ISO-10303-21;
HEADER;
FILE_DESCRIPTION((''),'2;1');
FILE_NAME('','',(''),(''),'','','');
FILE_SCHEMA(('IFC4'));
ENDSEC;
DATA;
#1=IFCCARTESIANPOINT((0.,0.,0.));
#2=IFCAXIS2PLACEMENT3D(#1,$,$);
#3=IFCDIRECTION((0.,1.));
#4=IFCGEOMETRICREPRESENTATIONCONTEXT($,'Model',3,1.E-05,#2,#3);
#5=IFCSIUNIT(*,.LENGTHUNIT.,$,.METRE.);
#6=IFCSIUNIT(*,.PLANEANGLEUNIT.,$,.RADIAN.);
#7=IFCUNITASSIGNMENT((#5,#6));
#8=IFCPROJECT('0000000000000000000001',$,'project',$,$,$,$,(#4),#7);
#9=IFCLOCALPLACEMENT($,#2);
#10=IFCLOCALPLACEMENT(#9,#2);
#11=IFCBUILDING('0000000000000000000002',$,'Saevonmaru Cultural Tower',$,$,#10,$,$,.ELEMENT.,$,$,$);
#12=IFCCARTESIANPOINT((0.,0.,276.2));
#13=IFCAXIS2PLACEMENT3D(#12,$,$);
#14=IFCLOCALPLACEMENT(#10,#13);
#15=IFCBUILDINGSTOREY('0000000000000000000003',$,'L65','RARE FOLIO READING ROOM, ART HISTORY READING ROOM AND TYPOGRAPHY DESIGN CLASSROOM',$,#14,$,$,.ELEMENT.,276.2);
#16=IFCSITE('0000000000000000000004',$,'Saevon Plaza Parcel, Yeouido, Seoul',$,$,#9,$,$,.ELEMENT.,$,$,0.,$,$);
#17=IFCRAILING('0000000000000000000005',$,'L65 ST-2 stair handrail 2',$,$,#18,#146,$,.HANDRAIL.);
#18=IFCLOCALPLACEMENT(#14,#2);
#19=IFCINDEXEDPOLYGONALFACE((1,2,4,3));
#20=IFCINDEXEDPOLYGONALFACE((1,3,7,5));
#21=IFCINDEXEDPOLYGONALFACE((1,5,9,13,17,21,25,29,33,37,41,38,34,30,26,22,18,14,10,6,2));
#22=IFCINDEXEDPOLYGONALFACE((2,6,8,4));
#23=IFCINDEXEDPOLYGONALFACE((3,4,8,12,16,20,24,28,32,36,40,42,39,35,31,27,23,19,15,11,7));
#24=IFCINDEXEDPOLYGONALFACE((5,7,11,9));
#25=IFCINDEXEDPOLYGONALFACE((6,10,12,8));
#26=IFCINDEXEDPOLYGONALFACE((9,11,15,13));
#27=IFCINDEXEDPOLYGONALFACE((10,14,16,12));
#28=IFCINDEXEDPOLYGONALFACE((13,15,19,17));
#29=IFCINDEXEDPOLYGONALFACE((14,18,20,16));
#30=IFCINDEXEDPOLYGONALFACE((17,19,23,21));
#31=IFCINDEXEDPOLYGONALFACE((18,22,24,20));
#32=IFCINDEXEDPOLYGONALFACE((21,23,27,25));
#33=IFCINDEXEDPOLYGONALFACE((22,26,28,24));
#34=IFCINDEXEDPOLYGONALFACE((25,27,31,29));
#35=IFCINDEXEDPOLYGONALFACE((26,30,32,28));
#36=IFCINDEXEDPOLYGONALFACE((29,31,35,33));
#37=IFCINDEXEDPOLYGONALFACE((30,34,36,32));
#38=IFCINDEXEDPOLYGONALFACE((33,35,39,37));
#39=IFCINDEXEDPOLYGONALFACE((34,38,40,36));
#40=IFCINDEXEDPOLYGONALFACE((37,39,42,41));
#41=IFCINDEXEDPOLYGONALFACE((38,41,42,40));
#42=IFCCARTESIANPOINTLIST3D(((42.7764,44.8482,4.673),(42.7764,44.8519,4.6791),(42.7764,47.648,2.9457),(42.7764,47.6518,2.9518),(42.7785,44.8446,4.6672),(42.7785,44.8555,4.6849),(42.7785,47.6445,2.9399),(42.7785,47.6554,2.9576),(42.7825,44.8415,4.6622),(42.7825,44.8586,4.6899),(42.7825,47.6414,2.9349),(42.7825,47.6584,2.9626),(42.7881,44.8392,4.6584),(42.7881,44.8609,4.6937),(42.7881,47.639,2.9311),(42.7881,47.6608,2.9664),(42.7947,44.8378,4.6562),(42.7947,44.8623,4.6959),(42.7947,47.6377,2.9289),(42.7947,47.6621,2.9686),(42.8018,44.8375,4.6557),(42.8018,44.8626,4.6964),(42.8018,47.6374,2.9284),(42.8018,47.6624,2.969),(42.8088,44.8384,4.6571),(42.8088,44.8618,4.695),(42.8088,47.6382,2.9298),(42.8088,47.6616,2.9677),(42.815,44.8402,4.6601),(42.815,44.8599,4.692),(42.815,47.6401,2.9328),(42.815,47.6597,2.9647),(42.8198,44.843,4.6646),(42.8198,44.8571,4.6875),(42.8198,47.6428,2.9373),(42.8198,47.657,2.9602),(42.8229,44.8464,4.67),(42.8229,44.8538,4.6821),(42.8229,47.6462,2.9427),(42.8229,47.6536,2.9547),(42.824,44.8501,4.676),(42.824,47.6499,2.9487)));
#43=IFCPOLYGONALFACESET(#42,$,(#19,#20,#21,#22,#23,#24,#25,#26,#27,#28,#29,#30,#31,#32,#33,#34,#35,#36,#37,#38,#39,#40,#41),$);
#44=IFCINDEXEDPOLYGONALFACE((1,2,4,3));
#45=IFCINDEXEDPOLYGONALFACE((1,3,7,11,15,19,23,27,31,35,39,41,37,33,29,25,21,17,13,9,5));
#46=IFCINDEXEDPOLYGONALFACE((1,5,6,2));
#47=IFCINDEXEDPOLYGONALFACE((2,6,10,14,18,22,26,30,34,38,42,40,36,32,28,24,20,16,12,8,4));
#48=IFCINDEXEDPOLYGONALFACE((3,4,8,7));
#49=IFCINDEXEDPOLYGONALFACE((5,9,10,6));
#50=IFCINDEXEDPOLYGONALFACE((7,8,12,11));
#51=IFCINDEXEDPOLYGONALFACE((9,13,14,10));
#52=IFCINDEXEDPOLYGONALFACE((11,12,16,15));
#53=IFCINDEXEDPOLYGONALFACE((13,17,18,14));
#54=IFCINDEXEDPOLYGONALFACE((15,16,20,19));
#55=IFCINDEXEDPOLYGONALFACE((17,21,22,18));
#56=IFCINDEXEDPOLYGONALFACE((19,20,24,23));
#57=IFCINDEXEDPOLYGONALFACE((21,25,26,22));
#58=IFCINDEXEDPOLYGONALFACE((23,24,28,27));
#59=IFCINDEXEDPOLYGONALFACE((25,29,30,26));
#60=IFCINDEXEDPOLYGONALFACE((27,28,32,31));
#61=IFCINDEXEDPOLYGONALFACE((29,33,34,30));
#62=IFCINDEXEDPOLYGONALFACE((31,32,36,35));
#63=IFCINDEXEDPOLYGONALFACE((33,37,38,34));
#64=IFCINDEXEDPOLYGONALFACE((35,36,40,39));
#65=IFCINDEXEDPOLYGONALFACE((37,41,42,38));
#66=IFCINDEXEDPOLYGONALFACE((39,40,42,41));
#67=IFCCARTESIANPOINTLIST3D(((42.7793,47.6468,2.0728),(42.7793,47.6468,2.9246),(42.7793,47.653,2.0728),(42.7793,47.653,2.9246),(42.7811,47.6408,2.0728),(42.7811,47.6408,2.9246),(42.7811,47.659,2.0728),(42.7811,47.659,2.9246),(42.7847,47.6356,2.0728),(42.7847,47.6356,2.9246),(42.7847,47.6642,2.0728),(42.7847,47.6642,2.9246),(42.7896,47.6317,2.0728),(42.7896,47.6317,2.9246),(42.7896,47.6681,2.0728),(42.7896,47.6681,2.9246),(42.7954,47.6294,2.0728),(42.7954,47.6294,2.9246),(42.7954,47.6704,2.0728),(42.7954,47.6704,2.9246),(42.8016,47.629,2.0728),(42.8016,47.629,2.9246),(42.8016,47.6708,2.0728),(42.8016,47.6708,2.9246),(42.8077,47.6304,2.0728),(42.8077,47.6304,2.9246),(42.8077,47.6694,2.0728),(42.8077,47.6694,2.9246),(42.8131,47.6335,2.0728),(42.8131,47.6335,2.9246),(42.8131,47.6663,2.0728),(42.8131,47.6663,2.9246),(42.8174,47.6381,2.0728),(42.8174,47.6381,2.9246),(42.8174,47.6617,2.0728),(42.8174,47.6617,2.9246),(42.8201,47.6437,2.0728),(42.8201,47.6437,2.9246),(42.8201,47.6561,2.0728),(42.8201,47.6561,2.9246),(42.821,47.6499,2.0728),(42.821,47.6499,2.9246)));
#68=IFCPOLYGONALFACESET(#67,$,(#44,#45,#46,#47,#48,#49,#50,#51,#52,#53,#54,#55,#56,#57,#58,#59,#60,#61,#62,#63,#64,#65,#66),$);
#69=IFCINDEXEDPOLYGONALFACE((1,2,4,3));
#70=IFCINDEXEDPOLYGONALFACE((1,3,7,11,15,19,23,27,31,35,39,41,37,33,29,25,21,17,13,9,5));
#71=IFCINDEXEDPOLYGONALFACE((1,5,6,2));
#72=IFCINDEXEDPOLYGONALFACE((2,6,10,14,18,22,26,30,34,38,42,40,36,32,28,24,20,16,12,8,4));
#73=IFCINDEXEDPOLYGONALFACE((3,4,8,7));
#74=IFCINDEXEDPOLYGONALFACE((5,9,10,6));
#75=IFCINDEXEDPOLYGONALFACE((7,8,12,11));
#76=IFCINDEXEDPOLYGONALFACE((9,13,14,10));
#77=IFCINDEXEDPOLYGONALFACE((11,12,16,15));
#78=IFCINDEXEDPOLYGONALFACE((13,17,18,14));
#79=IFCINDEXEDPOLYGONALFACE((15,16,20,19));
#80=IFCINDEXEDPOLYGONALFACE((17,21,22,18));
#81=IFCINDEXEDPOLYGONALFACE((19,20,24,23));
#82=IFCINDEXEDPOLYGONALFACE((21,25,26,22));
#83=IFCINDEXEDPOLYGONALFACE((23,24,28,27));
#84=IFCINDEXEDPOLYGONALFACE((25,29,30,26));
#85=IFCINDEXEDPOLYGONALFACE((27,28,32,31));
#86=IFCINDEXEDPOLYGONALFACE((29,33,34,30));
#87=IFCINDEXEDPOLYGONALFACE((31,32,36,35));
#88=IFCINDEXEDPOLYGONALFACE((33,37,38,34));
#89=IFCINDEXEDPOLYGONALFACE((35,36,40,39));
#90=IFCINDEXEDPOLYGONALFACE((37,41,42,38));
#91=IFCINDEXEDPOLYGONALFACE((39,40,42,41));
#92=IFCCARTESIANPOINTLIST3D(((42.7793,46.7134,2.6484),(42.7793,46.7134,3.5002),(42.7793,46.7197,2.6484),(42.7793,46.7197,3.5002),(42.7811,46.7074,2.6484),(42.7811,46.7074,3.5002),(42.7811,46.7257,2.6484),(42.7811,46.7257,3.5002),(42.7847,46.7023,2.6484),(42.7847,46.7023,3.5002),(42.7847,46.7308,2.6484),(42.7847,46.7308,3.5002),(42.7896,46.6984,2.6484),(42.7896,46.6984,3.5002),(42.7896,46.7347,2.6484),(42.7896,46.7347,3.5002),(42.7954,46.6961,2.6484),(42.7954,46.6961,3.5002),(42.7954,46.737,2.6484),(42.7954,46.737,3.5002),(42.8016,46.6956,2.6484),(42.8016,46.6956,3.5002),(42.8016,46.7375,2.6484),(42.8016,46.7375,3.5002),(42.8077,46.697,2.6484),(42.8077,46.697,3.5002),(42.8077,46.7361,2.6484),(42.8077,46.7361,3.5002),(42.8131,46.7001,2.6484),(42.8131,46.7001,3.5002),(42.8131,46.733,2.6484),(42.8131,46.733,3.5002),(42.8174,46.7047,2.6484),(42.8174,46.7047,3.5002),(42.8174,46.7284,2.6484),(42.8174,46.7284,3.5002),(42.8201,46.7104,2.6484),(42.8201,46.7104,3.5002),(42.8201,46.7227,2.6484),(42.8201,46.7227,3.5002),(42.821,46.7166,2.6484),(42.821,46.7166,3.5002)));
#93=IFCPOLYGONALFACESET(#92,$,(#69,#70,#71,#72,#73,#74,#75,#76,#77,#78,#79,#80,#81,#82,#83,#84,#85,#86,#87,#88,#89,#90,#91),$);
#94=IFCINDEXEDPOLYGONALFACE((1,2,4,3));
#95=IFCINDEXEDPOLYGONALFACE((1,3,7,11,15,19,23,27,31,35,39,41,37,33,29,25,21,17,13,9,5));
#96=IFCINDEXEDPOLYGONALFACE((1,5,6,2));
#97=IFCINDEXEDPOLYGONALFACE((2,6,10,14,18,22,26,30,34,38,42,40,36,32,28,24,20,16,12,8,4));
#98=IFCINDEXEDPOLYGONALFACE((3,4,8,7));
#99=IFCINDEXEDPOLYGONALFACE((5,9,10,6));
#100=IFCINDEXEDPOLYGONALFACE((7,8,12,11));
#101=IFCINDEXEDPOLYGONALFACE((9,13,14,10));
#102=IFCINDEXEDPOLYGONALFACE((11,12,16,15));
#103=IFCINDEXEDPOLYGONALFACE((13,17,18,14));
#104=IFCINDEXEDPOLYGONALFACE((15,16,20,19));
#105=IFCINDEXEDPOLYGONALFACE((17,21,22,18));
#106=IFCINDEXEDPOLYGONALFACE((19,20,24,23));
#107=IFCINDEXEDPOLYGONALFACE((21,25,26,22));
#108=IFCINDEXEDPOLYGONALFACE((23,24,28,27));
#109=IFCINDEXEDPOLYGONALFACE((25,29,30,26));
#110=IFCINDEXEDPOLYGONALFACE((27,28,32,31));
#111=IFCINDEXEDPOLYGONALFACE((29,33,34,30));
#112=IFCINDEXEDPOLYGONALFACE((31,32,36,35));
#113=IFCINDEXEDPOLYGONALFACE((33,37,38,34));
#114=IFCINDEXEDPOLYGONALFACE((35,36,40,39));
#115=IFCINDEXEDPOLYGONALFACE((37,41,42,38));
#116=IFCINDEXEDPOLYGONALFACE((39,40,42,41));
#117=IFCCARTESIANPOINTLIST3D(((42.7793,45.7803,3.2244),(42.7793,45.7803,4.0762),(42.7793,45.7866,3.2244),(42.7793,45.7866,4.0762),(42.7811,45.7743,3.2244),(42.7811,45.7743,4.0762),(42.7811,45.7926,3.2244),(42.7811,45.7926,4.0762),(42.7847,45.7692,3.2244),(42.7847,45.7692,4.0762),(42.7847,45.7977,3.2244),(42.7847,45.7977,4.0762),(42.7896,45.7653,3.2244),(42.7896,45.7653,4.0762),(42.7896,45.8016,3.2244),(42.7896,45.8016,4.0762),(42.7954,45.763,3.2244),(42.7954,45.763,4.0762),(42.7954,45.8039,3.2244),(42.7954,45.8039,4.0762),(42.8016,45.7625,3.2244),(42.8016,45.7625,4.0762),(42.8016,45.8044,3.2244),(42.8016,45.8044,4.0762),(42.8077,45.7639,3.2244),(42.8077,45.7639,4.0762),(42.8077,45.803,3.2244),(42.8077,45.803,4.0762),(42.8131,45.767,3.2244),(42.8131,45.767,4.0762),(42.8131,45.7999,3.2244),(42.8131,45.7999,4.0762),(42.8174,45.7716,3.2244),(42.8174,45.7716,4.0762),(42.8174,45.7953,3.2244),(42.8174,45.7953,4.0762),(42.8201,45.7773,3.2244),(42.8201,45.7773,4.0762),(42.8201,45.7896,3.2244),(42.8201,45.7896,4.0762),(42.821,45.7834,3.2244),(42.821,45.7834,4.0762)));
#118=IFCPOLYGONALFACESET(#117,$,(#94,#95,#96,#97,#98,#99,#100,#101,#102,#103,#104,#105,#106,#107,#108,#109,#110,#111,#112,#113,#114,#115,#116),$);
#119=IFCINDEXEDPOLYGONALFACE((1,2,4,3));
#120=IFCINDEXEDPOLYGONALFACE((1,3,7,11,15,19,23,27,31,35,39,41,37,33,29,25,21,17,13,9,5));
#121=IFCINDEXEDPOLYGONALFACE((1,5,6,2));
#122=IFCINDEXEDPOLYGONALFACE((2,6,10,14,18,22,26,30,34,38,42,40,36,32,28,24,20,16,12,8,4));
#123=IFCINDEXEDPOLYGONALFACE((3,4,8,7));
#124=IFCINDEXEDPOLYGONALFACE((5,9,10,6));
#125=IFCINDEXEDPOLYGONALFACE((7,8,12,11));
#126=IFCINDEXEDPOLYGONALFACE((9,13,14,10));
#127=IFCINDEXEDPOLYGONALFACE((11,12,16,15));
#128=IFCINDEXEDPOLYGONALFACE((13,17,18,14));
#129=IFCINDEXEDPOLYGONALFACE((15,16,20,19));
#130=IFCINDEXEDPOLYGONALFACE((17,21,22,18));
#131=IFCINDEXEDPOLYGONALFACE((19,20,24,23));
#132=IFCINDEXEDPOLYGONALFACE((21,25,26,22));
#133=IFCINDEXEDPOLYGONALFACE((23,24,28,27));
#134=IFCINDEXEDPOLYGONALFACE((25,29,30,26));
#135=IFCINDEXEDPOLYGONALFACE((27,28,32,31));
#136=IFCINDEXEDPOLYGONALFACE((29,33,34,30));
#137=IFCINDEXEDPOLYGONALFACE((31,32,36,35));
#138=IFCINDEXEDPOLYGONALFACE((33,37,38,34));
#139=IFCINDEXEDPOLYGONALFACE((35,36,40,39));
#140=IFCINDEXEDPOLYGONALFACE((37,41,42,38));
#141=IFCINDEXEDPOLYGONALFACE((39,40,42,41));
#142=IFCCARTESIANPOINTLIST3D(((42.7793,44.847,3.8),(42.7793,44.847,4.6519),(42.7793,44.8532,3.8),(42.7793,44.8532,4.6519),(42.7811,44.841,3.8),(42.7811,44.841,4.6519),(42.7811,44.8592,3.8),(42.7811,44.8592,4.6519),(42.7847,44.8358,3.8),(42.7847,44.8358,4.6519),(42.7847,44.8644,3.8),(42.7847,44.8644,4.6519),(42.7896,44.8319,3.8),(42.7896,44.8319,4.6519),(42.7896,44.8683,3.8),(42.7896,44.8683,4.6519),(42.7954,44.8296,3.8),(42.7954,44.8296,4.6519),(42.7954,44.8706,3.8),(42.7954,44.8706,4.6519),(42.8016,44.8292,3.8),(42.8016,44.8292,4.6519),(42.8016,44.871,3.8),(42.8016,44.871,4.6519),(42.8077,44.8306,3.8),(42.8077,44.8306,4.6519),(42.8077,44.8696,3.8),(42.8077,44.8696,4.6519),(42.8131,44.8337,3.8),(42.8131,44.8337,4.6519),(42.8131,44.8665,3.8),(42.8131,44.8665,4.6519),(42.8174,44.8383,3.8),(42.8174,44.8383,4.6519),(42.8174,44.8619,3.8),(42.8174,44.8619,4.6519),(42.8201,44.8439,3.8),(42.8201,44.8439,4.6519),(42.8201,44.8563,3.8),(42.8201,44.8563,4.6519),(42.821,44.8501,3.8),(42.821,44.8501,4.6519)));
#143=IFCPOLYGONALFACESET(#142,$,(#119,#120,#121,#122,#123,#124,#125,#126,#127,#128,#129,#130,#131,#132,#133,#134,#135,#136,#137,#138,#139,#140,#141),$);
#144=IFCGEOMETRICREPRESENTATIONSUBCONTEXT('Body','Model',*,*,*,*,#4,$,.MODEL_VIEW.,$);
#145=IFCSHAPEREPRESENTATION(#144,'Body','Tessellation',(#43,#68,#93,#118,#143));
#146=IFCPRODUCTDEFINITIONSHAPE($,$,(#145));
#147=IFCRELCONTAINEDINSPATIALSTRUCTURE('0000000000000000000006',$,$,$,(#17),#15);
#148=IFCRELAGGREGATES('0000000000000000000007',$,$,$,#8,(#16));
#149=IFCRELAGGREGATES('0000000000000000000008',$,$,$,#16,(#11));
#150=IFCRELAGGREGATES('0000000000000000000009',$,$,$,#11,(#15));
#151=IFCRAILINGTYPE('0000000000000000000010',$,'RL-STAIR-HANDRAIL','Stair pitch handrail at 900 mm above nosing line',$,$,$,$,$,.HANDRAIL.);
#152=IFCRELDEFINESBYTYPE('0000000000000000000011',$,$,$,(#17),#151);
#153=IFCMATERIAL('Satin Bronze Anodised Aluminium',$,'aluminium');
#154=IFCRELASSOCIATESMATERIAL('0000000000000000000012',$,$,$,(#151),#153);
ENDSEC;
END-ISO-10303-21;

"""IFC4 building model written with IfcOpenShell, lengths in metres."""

from ifc_helpers import new_model, si_unit, direction, frame, origin, origin_2d, place, context, subcontext, project, spatial, circle, extrude, material, type_object, element, save


model = new_model("IFC4")

# Units and contexts
model_context = context("Model", 3, precision=1e-05, world=origin(), true_north=direction((0.0, 1.0)))
body_context = subcontext(model_context, "Body", "Model", "MODEL_VIEW")
ifc_project = project(units=[si_unit("LENGTHUNIT", "METRE"), si_unit("PLANEANGLEUNIT", "RADIAN")], contexts=[model_context])

# Site, building, storey
site_placement = place(None, origin())
site = spatial("IfcSite", under=ifc_project, at=site_placement, Name="Saevon Plaza Parcel, Yeouido, Seoul", CompositionType="ELEMENT", RefElevation=0.0)
building_placement = place(site_placement, origin())
building = spatial("IfcBuilding", under=site, at=building_placement, Name="Saevonmaru Cultural Tower", CompositionType="ELEMENT")
storey_placement = place(building_placement, frame((0.0, 0.0, 276.2)))
storey = spatial("IfcBuildingStorey", under=building, at=storey_placement, Name="L65", Description="RARE FOLIO READING ROOM, ART HISTORY READING ROOM AND TYPOGRAPHY DESIGN CLASSROOM", CompositionType="ELEMENT", Elevation=276.2)

# Shared definitions
ifc_material_1 = material(Name="Satin Bronze Anodised Aluminium", Category="aluminium")

# Railing
railing_type_1 = type_object("IfcRailingType", Name="RL-STAIR-HANDRAIL", Description="Stair pitch handrail at 900 mm above nosing line", PredefinedType="HANDRAIL", material=ifc_material_1)
railing_1_placement = place(storey_placement, frame((42.8, 47.6499, 2.0728)))
element("IfcRailing", 1, at=railing_1_placement, inside=storey, type_object=railing_type_1, Name="L65 ST-2 stair handrail 2", PredefinedType="HANDRAIL", context=body_context, shape_type="SweptSolid", body=[
    extrude(circle(Radius=0.0239, at=origin_2d()), frame((0.0, 0.0, 0.876), z_axis=(0.0, -0.851069, 0.525054), x_axis=(1.0, 0.0, 0.0)), (0.0, 0.0, 1.0), 3.2898),
    extrude(circle(Radius=0.021, at=origin_2d()), origin(), (0.0, 0.0, 1.0), 0.8518),
    extrude(circle(Radius=0.021, at=origin_2d()), frame((0.0, -0.9333, 0.5757)), (0.0, 0.0, 1.0), 0.8518),
    extrude(circle(Radius=0.021, at=origin_2d()), frame((0.0, -1.8665, 1.1516)), (0.0, 0.0, 1.0), 0.8518),
    extrude(circle(Radius=0.021, at=origin_2d()), frame((0.0, -2.7998, 1.7273)), (0.0, 0.0, 1.0), 0.8518),
])

save(model, "model.ifc")
